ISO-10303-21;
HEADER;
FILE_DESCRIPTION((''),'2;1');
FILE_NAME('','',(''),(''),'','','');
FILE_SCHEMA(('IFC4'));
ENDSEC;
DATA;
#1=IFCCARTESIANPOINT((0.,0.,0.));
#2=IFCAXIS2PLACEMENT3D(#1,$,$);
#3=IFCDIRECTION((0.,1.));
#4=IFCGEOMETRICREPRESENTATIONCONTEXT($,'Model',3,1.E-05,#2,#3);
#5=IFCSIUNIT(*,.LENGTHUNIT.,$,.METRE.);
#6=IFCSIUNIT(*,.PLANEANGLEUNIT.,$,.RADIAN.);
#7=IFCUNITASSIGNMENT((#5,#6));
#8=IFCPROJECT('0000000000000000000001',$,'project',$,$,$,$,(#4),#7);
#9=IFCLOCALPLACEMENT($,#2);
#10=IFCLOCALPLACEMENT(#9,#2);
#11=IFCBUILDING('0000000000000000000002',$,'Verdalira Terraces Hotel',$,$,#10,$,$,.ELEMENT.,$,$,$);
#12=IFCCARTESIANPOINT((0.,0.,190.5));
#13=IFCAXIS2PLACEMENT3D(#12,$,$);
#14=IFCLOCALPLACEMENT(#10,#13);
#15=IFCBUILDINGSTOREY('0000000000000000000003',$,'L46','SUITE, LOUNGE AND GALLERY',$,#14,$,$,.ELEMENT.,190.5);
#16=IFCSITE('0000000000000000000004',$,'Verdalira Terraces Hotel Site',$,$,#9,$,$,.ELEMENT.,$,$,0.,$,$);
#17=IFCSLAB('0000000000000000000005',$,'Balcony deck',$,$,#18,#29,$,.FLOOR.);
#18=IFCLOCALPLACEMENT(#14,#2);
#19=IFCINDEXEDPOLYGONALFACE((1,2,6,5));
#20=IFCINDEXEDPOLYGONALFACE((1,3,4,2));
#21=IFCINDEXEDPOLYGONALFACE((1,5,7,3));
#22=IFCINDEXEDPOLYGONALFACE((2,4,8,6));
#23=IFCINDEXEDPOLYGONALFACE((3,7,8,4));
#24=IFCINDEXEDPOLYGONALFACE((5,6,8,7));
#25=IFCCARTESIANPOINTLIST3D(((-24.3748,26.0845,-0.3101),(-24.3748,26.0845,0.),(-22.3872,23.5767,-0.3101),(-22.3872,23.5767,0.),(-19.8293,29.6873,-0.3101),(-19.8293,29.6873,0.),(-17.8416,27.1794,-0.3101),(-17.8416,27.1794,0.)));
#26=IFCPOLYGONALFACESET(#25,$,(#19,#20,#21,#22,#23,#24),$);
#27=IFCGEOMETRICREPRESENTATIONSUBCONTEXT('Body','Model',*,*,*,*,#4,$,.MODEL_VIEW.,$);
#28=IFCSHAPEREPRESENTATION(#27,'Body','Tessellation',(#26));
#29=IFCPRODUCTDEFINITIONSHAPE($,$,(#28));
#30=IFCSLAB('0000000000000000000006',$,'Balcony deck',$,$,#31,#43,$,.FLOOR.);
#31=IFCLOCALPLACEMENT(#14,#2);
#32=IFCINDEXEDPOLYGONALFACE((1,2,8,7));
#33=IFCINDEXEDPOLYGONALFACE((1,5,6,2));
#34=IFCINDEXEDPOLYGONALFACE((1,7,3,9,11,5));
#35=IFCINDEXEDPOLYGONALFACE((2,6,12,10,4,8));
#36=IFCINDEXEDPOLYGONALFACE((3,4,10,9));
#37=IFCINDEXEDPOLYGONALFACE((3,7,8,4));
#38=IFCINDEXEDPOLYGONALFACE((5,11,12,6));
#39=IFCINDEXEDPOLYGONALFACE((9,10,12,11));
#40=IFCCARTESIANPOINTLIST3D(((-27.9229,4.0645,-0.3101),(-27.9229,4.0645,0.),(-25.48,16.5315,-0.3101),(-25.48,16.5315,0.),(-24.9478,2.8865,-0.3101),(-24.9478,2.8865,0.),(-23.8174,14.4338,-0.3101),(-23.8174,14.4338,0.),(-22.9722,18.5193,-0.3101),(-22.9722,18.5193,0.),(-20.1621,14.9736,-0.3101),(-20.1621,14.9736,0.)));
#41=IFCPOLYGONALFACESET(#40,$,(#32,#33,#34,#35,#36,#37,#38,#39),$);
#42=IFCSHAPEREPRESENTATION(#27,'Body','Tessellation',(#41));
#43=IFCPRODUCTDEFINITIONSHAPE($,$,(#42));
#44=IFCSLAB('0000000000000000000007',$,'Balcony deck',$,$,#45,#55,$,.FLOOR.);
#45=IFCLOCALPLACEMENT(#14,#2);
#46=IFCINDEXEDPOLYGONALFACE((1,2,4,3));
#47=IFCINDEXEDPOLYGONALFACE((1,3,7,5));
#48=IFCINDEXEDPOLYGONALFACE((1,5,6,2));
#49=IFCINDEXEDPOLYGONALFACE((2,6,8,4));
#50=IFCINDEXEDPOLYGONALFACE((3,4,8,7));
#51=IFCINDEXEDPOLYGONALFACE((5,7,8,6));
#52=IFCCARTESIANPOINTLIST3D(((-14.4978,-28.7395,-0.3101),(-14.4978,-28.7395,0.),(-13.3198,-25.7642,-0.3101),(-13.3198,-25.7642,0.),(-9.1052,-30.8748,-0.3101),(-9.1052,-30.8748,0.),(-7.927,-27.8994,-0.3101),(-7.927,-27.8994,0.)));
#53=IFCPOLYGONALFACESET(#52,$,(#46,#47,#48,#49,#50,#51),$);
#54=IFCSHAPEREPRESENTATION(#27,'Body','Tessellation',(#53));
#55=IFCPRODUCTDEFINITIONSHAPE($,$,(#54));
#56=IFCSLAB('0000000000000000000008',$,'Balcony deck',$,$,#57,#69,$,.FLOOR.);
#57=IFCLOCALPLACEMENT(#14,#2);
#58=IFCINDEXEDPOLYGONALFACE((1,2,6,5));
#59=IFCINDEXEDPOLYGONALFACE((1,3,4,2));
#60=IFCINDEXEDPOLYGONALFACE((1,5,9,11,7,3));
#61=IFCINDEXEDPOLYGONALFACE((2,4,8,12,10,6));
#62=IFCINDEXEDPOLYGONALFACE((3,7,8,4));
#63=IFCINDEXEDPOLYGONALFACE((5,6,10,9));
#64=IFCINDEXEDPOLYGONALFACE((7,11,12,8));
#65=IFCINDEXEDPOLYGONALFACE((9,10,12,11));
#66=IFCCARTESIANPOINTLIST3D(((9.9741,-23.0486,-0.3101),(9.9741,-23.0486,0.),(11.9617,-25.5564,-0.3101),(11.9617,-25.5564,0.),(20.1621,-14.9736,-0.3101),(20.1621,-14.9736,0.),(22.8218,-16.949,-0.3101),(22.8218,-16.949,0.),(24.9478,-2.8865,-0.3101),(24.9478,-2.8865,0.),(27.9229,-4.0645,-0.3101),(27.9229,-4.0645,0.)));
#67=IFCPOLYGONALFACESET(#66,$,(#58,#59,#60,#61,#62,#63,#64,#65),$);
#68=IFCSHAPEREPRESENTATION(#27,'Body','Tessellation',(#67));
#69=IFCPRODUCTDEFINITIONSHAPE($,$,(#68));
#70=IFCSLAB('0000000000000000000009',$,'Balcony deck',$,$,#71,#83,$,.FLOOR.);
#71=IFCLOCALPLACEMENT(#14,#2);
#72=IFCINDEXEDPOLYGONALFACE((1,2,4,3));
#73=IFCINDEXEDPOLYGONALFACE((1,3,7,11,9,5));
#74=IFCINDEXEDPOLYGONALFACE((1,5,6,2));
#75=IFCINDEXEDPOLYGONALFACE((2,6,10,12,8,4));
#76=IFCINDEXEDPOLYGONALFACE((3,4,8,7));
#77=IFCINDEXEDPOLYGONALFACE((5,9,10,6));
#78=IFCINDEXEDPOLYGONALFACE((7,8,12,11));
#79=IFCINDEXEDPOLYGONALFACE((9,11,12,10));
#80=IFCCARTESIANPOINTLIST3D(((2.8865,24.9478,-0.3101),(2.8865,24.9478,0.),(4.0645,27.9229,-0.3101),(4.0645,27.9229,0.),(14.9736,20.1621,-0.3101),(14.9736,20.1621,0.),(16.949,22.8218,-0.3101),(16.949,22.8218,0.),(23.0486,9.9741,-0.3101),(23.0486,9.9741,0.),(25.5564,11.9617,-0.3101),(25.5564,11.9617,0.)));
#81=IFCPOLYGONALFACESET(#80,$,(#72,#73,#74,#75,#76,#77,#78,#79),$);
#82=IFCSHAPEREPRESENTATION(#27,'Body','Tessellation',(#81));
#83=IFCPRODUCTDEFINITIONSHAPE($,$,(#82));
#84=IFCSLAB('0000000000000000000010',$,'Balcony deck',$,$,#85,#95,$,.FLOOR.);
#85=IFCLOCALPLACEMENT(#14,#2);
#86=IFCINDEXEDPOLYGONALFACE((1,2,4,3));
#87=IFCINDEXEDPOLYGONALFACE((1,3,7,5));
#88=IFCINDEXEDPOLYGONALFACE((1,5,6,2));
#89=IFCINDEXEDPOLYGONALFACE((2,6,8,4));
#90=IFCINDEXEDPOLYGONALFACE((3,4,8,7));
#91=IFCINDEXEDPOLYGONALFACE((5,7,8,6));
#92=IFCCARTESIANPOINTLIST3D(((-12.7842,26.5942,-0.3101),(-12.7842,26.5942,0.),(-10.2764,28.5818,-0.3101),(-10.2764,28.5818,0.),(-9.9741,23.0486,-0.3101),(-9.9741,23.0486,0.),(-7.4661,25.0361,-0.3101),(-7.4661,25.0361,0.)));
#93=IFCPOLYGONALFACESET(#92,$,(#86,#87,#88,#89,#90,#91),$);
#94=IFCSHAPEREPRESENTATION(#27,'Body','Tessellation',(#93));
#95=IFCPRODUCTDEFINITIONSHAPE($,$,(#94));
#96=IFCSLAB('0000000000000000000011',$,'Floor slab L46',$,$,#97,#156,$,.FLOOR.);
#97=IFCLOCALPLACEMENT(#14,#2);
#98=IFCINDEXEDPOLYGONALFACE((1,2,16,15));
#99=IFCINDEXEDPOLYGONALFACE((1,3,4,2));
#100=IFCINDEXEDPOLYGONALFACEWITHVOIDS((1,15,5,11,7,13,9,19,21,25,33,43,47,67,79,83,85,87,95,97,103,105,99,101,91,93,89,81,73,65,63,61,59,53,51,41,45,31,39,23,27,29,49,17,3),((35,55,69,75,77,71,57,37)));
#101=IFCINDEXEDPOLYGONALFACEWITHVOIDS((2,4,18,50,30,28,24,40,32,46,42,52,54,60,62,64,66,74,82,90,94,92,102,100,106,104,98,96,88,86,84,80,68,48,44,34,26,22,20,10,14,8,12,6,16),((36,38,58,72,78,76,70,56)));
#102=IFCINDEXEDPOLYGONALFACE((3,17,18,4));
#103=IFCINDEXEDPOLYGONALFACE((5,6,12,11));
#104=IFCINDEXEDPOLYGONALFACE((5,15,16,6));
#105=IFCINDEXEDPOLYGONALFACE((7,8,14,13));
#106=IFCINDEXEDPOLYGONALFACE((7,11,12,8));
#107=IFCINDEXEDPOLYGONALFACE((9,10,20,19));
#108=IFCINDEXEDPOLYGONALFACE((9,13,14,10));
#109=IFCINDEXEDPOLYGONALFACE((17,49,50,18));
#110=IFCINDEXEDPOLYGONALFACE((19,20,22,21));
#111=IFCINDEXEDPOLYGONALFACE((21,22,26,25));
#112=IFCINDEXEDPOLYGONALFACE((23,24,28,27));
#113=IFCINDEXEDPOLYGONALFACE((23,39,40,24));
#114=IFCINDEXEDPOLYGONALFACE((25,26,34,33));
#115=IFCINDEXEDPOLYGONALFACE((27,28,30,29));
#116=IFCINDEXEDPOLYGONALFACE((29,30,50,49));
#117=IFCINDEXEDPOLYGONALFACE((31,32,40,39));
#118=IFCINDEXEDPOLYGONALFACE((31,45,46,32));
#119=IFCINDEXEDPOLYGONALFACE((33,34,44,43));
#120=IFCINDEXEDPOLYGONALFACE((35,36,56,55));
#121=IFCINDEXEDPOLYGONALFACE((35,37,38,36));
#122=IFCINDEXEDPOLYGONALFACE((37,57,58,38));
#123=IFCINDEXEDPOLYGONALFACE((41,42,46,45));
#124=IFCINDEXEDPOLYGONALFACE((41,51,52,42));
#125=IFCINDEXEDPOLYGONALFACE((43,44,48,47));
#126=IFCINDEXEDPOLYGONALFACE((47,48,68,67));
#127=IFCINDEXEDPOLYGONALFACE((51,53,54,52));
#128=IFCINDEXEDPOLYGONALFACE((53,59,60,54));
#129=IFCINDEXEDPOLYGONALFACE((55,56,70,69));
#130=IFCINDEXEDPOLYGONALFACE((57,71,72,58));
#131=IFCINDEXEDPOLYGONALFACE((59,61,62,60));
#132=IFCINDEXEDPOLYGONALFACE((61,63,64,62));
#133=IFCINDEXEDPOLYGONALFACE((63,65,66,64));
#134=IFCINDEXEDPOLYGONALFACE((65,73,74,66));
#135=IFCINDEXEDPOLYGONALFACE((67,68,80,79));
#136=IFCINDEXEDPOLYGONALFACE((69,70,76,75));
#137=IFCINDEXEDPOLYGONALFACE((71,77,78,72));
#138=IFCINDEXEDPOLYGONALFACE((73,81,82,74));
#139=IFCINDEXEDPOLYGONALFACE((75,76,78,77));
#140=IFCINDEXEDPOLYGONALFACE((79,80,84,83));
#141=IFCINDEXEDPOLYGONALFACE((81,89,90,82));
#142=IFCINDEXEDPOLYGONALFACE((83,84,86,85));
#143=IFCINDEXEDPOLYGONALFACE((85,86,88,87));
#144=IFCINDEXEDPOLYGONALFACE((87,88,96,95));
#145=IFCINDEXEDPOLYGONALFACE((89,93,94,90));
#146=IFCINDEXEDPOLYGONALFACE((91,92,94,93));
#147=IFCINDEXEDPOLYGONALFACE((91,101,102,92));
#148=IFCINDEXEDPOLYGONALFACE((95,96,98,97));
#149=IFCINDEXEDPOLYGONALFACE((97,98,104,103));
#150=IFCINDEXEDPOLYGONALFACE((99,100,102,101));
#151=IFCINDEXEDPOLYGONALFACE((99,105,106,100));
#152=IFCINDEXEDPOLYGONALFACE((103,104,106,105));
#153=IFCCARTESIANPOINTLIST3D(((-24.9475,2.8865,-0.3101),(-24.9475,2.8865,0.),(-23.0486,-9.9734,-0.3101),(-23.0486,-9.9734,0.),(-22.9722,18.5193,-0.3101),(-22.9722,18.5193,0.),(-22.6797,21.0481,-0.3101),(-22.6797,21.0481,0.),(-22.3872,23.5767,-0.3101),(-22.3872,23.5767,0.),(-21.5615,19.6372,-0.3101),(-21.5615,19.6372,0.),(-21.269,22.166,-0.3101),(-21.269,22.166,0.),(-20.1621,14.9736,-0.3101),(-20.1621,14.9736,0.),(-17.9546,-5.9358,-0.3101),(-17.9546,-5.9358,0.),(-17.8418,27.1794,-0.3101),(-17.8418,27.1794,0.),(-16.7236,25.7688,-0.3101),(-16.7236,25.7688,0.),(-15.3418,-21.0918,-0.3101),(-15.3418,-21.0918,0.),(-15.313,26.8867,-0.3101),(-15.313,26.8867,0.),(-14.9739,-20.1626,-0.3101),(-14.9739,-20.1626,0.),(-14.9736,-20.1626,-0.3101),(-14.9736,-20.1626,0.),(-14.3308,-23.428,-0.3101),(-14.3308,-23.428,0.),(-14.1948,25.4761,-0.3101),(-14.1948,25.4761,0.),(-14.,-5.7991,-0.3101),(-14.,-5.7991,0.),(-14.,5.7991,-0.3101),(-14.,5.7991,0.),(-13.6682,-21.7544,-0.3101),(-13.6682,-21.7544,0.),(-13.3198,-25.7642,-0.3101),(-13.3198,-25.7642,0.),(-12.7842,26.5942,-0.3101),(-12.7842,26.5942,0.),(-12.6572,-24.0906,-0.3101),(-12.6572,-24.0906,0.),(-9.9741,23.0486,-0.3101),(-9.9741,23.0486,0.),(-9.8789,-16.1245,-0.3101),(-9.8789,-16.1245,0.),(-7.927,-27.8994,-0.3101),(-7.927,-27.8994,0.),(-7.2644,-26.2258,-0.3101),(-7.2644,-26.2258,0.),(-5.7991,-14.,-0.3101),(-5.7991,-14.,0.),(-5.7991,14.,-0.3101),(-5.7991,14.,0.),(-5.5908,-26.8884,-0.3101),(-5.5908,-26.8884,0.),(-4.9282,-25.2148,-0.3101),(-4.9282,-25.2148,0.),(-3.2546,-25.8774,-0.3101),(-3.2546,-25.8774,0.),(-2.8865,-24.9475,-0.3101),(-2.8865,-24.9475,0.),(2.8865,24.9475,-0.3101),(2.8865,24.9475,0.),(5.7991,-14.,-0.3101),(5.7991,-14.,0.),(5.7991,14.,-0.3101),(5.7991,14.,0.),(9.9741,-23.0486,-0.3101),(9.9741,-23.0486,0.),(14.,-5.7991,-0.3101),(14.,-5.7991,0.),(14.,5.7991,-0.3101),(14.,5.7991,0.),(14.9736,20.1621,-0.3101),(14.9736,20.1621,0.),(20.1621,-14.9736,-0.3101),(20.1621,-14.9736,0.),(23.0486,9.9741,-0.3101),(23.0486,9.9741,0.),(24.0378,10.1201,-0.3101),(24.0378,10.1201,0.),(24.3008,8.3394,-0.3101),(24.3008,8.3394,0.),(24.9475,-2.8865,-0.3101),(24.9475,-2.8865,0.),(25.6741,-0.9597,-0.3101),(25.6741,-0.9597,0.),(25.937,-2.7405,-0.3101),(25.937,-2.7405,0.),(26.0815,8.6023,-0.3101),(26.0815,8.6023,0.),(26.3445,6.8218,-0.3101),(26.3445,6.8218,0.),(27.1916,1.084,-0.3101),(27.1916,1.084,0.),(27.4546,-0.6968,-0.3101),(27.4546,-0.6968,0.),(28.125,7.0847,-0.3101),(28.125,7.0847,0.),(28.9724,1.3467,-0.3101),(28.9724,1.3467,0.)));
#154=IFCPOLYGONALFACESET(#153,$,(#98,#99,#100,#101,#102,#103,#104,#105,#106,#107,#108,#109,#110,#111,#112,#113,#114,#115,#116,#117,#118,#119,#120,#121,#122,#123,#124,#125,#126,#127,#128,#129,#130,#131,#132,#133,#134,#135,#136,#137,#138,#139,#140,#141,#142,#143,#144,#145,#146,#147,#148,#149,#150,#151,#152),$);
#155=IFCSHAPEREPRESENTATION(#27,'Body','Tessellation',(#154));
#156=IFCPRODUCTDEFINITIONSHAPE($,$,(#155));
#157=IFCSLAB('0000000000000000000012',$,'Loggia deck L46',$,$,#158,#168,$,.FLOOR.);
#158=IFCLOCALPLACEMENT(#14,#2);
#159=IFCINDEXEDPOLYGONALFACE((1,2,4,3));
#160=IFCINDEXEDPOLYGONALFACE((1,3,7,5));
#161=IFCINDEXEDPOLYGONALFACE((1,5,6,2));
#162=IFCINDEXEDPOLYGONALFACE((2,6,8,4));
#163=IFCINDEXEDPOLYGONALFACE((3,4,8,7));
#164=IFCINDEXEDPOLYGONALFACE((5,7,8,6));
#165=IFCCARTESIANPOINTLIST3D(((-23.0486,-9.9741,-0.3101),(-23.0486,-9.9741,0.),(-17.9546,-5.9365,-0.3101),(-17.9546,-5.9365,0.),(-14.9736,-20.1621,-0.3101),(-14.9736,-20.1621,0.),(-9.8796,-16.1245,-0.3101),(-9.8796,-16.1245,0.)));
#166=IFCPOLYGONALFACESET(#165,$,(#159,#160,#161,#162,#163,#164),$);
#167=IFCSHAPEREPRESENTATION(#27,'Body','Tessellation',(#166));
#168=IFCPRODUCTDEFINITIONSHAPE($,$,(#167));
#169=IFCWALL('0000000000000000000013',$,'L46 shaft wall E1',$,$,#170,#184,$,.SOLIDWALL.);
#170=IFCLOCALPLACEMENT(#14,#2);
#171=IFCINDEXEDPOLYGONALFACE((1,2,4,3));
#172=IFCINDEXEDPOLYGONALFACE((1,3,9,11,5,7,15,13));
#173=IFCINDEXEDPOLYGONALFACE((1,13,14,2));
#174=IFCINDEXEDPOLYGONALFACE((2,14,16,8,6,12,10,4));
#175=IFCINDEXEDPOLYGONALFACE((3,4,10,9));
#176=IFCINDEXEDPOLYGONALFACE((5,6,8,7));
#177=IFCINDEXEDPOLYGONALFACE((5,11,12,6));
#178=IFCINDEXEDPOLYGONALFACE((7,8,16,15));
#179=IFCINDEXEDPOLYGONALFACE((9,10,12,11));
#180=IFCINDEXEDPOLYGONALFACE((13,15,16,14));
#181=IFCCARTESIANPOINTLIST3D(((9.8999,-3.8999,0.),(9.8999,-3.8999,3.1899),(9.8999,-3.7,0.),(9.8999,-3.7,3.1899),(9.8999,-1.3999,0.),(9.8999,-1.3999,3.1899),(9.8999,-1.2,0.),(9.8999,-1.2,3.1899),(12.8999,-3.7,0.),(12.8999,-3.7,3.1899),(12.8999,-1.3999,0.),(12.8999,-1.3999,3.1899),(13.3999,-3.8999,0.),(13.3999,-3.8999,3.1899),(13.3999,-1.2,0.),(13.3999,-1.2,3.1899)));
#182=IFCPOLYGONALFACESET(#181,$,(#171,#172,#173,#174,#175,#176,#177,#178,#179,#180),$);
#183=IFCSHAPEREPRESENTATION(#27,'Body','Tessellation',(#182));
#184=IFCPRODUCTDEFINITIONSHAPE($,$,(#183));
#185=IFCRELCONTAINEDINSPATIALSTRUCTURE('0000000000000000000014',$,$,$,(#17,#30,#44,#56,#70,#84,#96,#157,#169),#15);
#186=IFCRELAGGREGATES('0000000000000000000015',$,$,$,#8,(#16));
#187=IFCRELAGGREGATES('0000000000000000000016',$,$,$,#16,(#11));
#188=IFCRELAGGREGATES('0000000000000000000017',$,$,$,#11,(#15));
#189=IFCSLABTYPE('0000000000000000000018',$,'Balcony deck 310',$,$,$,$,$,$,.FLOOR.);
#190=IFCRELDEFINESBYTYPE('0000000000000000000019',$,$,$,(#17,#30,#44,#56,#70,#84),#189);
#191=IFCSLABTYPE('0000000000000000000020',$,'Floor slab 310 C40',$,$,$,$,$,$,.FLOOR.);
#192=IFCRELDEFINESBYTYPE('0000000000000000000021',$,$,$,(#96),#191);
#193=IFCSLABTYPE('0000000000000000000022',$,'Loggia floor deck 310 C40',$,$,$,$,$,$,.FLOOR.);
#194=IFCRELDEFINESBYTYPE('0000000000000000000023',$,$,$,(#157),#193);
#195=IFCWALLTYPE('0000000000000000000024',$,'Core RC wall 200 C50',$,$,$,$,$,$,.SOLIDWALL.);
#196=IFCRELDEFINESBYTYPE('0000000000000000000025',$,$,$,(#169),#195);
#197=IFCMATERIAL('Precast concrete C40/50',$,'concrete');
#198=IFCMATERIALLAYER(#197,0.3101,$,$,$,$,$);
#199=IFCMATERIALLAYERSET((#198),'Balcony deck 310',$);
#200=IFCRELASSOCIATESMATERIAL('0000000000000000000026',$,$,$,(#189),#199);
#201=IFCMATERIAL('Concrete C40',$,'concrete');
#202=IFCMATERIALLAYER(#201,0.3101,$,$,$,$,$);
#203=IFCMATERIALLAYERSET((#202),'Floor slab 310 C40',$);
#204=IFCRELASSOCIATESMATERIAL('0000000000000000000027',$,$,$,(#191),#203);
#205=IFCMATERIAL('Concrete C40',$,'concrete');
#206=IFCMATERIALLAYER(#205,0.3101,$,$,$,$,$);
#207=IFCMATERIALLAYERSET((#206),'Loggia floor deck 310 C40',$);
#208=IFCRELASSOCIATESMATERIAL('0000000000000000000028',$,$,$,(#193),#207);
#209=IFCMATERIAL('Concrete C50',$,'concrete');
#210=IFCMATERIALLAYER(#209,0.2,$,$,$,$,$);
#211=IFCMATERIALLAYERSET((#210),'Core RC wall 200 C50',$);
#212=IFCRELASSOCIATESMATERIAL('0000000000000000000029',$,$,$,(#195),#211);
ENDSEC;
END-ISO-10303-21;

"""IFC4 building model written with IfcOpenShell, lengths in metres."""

from ifc_helpers import new_model, si_unit, direction, frame, origin, place, context, subcontext, project, spatial, polyline, outline, extrude, material, layer, layer_set, type_object, element, save


model = new_model("IFC4")

# Units and contexts
model_context = context("Model", 3, precision=1e-05, world=origin(), true_north=direction((0.0, 1.0)))
body_context = subcontext(model_context, "Body", "Model", "MODEL_VIEW")
ifc_project = project(units=[si_unit("LENGTHUNIT", "METRE"), si_unit("PLANEANGLEUNIT", "RADIAN")], contexts=[model_context])

# Site, building, storey
site_placement = place(None, origin())
site = spatial("IfcSite", under=ifc_project, at=site_placement, Name="Verdalira Terraces Hotel Site", CompositionType="ELEMENT", RefElevation=0.0)
building_placement = place(site_placement, origin())
building = spatial("IfcBuilding", under=site, at=building_placement, Name="Verdalira Terraces Hotel", CompositionType="ELEMENT")
storey_placement = place(building_placement, frame((0.0, 0.0, 190.5)))
storey = spatial("IfcBuildingStorey", under=building, at=storey_placement, Name="L46", Description="SUITE, LOUNGE AND GALLERY", CompositionType="ELEMENT", Elevation=190.5)

# Slabs
ifc_material_1 = material(Name="Precast concrete C40/50", Category="concrete")
ifc_layer_1 = layer(ifc_material_1, 0.3101)
ifc_layer_set_1 = layer_set([ifc_layer_1], Name="Balcony deck 310")
slab_type_1 = type_object("IfcSlabType", Name="Balcony deck 310", PredefinedType="FLOOR", material=ifc_layer_set_1)
slab_1_placement = place(storey_placement, frame((0.0, 0.0, -0.3101)))
element("IfcSlab", 1, at=slab_1_placement, inside=storey, type_object=slab_type_1, Name="Balcony deck", PredefinedType="FLOOR", context=body_context, shape_type="SweptSolid", body=[
    extrude(outline(polyline([(-24.3748, 26.0845), (-22.3872, 23.5767), (-17.8416, 27.1794), (-19.8293, 29.6873), (-24.3748, 26.0845)])), origin(), (0.0, 0.0, 1.0), 0.3101),
])
slab_2_placement = place(storey_placement, frame((0.0, 0.0, -0.3101)))
element("IfcSlab", 2, at=slab_2_placement, inside=storey, type_object=slab_type_1, Name="Balcony deck", PredefinedType="FLOOR", context=body_context, shape_type="SweptSolid", body=[
    extrude(outline(polyline([(-23.8174, 14.4338), (-27.9229, 4.0645), (-24.9478, 2.8865), (-20.1621, 14.9736), (-22.9722, 18.5193), (-25.48, 16.5315), (-23.8174, 14.4338)])), origin(), (0.0, 0.0, 1.0), 0.3101),
])
slab_3_placement = place(storey_placement, frame((0.0, 0.0, -0.3101)))
element("IfcSlab", 3, at=slab_3_placement, inside=storey, type_object=slab_type_1, Name="Balcony deck", PredefinedType="FLOOR", context=body_context, shape_type="SweptSolid", body=[
    extrude(outline(polyline([(-9.1052, -30.8748), (-7.927, -27.8994), (-13.3198, -25.7642), (-14.4978, -28.7395), (-9.1052, -30.8748)])), origin(), (0.0, 0.0, 1.0), 0.3101),
])
slab_4_placement = place(storey_placement, frame((0.0, 0.0, -0.3101)))
element("IfcSlab", 4, at=slab_4_placement, inside=storey, type_object=slab_type_1, Name="Balcony deck", PredefinedType="FLOOR", context=body_context, shape_type="SweptSolid", body=[
    extrude(outline(polyline([(27.9229, -4.0645), (24.9478, -2.8865), (20.1621, -14.9736), (9.9741, -23.0486), (11.9617, -25.5564), (22.8218, -16.949), (27.9229, -4.0645)])), origin(), (0.0, 0.0, 1.0), 0.3101),
])
slab_5_placement = place(storey_placement, frame((0.0, 0.0, -0.3101)))
element("IfcSlab", 5, at=slab_5_placement, inside=storey, type_object=slab_type_1, Name="Balcony deck", PredefinedType="FLOOR", context=body_context, shape_type="SweptSolid", body=[
    extrude(outline(polyline([(4.0645, 27.9229), (2.8865, 24.9478), (14.9736, 20.1621), (23.0486, 9.9741), (25.5564, 11.9617), (16.949, 22.8218), (4.0645, 27.9229)])), origin(), (0.0, 0.0, 1.0), 0.3101),
])
slab_6_placement = place(storey_placement, frame((0.0, 0.0, -0.3101)))
element("IfcSlab", 6, at=slab_6_placement, inside=storey, type_object=slab_type_1, Name="Balcony deck", PredefinedType="FLOOR", context=body_context, shape_type="SweptSolid", body=[
    extrude(outline(polyline([(-10.2764, 28.5818), (-12.7842, 26.5942), (-9.9741, 23.0486), (-7.4661, 25.0361), (-10.2764, 28.5818)])), origin(), (0.0, 0.0, 1.0), 0.3101),
])
ifc_material_2 = material(Name="Concrete C40", Category="concrete")
ifc_layer_2 = layer(ifc_material_2, 0.3101)
ifc_layer_set_2 = layer_set([ifc_layer_2], Name="Floor slab 310 C40")
slab_type_2 = type_object("IfcSlabType", Name="Floor slab 310 C40", PredefinedType="FLOOR", material=ifc_layer_set_2)
slab_7_placement = place(storey_placement, frame((0.0, 0.0, -0.3101)))
element("IfcSlab", 7, at=slab_7_placement, inside=storey, type_object=slab_type_2, Name="Floor slab L46", PredefinedType="FLOOR", context=body_context, shape_type="SweptSolid", body=[
    extrude(outline(polyline([(-20.1621, 14.9736), (-24.9475, 2.8865), (-23.0486, -9.9734), (-17.9546, -5.9358), (-9.8789, -16.1245), (-14.9736, -20.1626), (-14.9739, -20.1626), (-15.3418, -21.0918), (-13.6682, -21.7544), (-14.3308, -23.428), (-12.6572, -24.0906), (-13.3198, -25.7642), (-7.927, -27.8994), (-7.2644, -26.2258), (-5.5908, -26.8884), (-4.9282, -25.2148), (-3.2546, -25.8774), (-2.8865, -24.9475), (9.9741, -23.0486), (20.1621, -14.9736), (24.9475, -2.8865), (25.937, -2.7405), (25.6741, -0.9597), (27.4546, -0.6968), (27.1916, 1.084), (28.9724, 1.3467), (28.125, 7.0847), (26.3445, 6.8218), (26.0815, 8.6023), (24.3008, 8.3394), (24.0378, 10.1201), (23.0486, 9.9741), (14.9736, 20.1621), (2.8865, 24.9475), (-9.9741, 23.0486), (-12.7842, 26.5942), (-14.1948, 25.4761), (-15.313, 26.8867), (-16.7236, 25.7688), (-17.8418, 27.1794), (-22.3872, 23.5767), (-21.269, 22.166), (-22.6797, 21.0481), (-21.5615, 19.6372), (-22.9722, 18.5193), (-20.1621, 14.9736)]), holes=[polyline([(5.7991, 14.0), (14.0, 5.7991), (14.0, -5.7991), (5.7991, -14.0), (-5.7991, -14.0), (-14.0, -5.7991), (-14.0, 5.7991), (-5.7991, 14.0), (5.7991, 14.0)])]), origin(), (0.0, 0.0, 1.0), 0.3101),
])
ifc_material_3 = material(Name="Concrete C40", Category="concrete")
ifc_layer_3 = layer(ifc_material_3, 0.3101)
ifc_layer_set_3 = layer_set([ifc_layer_3], Name="Loggia floor deck 310 C40")
slab_type_3 = type_object("IfcSlabType", Name="Loggia floor deck 310 C40", PredefinedType="FLOOR", material=ifc_layer_set_3)
slab_8_placement = place(storey_placement, frame((0.0, 0.0, -0.3101)))
element("IfcSlab", 8, at=slab_8_placement, inside=storey, type_object=slab_type_3, Name="Loggia deck L46", PredefinedType="FLOOR", context=body_context, shape_type="SweptSolid", body=[
    extrude(outline(polyline([(-17.9546, -5.9365), (-23.0486, -9.9741), (-14.9736, -20.1621), (-9.8796, -16.1245), (-17.9546, -5.9365)])), origin(), (0.0, 0.0, 1.0), 0.3101),
])

# Wall
ifc_material_4 = material(Name="Concrete C50", Category="concrete")
ifc_layer_4 = layer(ifc_material_4, 0.2)
ifc_layer_set_4 = layer_set([ifc_layer_4], Name="Core RC wall 200 C50")
wall_type_1 = type_object("IfcWallType", Name="Core RC wall 200 C50", PredefinedType="SOLIDWALL", material=ifc_layer_set_4)
wall_1_placement = place(storey_placement, origin())
element("IfcWall", 9, at=wall_1_placement, inside=storey, type_object=wall_type_1, Name="L46 shaft wall E1", PredefinedType="SOLIDWALL", context=body_context, shape_type="SweptSolid", body=[
    extrude(outline(polyline([(13.3999, -3.8999), (9.8999, -3.8999), (9.8999, -3.7), (12.8999, -3.7), (12.8999, -1.3999), (9.8999, -1.3999), (9.8999, -1.2), (13.3999, -1.2), (13.3999, -3.8999)])), origin(), (0.0, 0.0, 1.0), 3.1899),
])

save(model, "model.ifc")
